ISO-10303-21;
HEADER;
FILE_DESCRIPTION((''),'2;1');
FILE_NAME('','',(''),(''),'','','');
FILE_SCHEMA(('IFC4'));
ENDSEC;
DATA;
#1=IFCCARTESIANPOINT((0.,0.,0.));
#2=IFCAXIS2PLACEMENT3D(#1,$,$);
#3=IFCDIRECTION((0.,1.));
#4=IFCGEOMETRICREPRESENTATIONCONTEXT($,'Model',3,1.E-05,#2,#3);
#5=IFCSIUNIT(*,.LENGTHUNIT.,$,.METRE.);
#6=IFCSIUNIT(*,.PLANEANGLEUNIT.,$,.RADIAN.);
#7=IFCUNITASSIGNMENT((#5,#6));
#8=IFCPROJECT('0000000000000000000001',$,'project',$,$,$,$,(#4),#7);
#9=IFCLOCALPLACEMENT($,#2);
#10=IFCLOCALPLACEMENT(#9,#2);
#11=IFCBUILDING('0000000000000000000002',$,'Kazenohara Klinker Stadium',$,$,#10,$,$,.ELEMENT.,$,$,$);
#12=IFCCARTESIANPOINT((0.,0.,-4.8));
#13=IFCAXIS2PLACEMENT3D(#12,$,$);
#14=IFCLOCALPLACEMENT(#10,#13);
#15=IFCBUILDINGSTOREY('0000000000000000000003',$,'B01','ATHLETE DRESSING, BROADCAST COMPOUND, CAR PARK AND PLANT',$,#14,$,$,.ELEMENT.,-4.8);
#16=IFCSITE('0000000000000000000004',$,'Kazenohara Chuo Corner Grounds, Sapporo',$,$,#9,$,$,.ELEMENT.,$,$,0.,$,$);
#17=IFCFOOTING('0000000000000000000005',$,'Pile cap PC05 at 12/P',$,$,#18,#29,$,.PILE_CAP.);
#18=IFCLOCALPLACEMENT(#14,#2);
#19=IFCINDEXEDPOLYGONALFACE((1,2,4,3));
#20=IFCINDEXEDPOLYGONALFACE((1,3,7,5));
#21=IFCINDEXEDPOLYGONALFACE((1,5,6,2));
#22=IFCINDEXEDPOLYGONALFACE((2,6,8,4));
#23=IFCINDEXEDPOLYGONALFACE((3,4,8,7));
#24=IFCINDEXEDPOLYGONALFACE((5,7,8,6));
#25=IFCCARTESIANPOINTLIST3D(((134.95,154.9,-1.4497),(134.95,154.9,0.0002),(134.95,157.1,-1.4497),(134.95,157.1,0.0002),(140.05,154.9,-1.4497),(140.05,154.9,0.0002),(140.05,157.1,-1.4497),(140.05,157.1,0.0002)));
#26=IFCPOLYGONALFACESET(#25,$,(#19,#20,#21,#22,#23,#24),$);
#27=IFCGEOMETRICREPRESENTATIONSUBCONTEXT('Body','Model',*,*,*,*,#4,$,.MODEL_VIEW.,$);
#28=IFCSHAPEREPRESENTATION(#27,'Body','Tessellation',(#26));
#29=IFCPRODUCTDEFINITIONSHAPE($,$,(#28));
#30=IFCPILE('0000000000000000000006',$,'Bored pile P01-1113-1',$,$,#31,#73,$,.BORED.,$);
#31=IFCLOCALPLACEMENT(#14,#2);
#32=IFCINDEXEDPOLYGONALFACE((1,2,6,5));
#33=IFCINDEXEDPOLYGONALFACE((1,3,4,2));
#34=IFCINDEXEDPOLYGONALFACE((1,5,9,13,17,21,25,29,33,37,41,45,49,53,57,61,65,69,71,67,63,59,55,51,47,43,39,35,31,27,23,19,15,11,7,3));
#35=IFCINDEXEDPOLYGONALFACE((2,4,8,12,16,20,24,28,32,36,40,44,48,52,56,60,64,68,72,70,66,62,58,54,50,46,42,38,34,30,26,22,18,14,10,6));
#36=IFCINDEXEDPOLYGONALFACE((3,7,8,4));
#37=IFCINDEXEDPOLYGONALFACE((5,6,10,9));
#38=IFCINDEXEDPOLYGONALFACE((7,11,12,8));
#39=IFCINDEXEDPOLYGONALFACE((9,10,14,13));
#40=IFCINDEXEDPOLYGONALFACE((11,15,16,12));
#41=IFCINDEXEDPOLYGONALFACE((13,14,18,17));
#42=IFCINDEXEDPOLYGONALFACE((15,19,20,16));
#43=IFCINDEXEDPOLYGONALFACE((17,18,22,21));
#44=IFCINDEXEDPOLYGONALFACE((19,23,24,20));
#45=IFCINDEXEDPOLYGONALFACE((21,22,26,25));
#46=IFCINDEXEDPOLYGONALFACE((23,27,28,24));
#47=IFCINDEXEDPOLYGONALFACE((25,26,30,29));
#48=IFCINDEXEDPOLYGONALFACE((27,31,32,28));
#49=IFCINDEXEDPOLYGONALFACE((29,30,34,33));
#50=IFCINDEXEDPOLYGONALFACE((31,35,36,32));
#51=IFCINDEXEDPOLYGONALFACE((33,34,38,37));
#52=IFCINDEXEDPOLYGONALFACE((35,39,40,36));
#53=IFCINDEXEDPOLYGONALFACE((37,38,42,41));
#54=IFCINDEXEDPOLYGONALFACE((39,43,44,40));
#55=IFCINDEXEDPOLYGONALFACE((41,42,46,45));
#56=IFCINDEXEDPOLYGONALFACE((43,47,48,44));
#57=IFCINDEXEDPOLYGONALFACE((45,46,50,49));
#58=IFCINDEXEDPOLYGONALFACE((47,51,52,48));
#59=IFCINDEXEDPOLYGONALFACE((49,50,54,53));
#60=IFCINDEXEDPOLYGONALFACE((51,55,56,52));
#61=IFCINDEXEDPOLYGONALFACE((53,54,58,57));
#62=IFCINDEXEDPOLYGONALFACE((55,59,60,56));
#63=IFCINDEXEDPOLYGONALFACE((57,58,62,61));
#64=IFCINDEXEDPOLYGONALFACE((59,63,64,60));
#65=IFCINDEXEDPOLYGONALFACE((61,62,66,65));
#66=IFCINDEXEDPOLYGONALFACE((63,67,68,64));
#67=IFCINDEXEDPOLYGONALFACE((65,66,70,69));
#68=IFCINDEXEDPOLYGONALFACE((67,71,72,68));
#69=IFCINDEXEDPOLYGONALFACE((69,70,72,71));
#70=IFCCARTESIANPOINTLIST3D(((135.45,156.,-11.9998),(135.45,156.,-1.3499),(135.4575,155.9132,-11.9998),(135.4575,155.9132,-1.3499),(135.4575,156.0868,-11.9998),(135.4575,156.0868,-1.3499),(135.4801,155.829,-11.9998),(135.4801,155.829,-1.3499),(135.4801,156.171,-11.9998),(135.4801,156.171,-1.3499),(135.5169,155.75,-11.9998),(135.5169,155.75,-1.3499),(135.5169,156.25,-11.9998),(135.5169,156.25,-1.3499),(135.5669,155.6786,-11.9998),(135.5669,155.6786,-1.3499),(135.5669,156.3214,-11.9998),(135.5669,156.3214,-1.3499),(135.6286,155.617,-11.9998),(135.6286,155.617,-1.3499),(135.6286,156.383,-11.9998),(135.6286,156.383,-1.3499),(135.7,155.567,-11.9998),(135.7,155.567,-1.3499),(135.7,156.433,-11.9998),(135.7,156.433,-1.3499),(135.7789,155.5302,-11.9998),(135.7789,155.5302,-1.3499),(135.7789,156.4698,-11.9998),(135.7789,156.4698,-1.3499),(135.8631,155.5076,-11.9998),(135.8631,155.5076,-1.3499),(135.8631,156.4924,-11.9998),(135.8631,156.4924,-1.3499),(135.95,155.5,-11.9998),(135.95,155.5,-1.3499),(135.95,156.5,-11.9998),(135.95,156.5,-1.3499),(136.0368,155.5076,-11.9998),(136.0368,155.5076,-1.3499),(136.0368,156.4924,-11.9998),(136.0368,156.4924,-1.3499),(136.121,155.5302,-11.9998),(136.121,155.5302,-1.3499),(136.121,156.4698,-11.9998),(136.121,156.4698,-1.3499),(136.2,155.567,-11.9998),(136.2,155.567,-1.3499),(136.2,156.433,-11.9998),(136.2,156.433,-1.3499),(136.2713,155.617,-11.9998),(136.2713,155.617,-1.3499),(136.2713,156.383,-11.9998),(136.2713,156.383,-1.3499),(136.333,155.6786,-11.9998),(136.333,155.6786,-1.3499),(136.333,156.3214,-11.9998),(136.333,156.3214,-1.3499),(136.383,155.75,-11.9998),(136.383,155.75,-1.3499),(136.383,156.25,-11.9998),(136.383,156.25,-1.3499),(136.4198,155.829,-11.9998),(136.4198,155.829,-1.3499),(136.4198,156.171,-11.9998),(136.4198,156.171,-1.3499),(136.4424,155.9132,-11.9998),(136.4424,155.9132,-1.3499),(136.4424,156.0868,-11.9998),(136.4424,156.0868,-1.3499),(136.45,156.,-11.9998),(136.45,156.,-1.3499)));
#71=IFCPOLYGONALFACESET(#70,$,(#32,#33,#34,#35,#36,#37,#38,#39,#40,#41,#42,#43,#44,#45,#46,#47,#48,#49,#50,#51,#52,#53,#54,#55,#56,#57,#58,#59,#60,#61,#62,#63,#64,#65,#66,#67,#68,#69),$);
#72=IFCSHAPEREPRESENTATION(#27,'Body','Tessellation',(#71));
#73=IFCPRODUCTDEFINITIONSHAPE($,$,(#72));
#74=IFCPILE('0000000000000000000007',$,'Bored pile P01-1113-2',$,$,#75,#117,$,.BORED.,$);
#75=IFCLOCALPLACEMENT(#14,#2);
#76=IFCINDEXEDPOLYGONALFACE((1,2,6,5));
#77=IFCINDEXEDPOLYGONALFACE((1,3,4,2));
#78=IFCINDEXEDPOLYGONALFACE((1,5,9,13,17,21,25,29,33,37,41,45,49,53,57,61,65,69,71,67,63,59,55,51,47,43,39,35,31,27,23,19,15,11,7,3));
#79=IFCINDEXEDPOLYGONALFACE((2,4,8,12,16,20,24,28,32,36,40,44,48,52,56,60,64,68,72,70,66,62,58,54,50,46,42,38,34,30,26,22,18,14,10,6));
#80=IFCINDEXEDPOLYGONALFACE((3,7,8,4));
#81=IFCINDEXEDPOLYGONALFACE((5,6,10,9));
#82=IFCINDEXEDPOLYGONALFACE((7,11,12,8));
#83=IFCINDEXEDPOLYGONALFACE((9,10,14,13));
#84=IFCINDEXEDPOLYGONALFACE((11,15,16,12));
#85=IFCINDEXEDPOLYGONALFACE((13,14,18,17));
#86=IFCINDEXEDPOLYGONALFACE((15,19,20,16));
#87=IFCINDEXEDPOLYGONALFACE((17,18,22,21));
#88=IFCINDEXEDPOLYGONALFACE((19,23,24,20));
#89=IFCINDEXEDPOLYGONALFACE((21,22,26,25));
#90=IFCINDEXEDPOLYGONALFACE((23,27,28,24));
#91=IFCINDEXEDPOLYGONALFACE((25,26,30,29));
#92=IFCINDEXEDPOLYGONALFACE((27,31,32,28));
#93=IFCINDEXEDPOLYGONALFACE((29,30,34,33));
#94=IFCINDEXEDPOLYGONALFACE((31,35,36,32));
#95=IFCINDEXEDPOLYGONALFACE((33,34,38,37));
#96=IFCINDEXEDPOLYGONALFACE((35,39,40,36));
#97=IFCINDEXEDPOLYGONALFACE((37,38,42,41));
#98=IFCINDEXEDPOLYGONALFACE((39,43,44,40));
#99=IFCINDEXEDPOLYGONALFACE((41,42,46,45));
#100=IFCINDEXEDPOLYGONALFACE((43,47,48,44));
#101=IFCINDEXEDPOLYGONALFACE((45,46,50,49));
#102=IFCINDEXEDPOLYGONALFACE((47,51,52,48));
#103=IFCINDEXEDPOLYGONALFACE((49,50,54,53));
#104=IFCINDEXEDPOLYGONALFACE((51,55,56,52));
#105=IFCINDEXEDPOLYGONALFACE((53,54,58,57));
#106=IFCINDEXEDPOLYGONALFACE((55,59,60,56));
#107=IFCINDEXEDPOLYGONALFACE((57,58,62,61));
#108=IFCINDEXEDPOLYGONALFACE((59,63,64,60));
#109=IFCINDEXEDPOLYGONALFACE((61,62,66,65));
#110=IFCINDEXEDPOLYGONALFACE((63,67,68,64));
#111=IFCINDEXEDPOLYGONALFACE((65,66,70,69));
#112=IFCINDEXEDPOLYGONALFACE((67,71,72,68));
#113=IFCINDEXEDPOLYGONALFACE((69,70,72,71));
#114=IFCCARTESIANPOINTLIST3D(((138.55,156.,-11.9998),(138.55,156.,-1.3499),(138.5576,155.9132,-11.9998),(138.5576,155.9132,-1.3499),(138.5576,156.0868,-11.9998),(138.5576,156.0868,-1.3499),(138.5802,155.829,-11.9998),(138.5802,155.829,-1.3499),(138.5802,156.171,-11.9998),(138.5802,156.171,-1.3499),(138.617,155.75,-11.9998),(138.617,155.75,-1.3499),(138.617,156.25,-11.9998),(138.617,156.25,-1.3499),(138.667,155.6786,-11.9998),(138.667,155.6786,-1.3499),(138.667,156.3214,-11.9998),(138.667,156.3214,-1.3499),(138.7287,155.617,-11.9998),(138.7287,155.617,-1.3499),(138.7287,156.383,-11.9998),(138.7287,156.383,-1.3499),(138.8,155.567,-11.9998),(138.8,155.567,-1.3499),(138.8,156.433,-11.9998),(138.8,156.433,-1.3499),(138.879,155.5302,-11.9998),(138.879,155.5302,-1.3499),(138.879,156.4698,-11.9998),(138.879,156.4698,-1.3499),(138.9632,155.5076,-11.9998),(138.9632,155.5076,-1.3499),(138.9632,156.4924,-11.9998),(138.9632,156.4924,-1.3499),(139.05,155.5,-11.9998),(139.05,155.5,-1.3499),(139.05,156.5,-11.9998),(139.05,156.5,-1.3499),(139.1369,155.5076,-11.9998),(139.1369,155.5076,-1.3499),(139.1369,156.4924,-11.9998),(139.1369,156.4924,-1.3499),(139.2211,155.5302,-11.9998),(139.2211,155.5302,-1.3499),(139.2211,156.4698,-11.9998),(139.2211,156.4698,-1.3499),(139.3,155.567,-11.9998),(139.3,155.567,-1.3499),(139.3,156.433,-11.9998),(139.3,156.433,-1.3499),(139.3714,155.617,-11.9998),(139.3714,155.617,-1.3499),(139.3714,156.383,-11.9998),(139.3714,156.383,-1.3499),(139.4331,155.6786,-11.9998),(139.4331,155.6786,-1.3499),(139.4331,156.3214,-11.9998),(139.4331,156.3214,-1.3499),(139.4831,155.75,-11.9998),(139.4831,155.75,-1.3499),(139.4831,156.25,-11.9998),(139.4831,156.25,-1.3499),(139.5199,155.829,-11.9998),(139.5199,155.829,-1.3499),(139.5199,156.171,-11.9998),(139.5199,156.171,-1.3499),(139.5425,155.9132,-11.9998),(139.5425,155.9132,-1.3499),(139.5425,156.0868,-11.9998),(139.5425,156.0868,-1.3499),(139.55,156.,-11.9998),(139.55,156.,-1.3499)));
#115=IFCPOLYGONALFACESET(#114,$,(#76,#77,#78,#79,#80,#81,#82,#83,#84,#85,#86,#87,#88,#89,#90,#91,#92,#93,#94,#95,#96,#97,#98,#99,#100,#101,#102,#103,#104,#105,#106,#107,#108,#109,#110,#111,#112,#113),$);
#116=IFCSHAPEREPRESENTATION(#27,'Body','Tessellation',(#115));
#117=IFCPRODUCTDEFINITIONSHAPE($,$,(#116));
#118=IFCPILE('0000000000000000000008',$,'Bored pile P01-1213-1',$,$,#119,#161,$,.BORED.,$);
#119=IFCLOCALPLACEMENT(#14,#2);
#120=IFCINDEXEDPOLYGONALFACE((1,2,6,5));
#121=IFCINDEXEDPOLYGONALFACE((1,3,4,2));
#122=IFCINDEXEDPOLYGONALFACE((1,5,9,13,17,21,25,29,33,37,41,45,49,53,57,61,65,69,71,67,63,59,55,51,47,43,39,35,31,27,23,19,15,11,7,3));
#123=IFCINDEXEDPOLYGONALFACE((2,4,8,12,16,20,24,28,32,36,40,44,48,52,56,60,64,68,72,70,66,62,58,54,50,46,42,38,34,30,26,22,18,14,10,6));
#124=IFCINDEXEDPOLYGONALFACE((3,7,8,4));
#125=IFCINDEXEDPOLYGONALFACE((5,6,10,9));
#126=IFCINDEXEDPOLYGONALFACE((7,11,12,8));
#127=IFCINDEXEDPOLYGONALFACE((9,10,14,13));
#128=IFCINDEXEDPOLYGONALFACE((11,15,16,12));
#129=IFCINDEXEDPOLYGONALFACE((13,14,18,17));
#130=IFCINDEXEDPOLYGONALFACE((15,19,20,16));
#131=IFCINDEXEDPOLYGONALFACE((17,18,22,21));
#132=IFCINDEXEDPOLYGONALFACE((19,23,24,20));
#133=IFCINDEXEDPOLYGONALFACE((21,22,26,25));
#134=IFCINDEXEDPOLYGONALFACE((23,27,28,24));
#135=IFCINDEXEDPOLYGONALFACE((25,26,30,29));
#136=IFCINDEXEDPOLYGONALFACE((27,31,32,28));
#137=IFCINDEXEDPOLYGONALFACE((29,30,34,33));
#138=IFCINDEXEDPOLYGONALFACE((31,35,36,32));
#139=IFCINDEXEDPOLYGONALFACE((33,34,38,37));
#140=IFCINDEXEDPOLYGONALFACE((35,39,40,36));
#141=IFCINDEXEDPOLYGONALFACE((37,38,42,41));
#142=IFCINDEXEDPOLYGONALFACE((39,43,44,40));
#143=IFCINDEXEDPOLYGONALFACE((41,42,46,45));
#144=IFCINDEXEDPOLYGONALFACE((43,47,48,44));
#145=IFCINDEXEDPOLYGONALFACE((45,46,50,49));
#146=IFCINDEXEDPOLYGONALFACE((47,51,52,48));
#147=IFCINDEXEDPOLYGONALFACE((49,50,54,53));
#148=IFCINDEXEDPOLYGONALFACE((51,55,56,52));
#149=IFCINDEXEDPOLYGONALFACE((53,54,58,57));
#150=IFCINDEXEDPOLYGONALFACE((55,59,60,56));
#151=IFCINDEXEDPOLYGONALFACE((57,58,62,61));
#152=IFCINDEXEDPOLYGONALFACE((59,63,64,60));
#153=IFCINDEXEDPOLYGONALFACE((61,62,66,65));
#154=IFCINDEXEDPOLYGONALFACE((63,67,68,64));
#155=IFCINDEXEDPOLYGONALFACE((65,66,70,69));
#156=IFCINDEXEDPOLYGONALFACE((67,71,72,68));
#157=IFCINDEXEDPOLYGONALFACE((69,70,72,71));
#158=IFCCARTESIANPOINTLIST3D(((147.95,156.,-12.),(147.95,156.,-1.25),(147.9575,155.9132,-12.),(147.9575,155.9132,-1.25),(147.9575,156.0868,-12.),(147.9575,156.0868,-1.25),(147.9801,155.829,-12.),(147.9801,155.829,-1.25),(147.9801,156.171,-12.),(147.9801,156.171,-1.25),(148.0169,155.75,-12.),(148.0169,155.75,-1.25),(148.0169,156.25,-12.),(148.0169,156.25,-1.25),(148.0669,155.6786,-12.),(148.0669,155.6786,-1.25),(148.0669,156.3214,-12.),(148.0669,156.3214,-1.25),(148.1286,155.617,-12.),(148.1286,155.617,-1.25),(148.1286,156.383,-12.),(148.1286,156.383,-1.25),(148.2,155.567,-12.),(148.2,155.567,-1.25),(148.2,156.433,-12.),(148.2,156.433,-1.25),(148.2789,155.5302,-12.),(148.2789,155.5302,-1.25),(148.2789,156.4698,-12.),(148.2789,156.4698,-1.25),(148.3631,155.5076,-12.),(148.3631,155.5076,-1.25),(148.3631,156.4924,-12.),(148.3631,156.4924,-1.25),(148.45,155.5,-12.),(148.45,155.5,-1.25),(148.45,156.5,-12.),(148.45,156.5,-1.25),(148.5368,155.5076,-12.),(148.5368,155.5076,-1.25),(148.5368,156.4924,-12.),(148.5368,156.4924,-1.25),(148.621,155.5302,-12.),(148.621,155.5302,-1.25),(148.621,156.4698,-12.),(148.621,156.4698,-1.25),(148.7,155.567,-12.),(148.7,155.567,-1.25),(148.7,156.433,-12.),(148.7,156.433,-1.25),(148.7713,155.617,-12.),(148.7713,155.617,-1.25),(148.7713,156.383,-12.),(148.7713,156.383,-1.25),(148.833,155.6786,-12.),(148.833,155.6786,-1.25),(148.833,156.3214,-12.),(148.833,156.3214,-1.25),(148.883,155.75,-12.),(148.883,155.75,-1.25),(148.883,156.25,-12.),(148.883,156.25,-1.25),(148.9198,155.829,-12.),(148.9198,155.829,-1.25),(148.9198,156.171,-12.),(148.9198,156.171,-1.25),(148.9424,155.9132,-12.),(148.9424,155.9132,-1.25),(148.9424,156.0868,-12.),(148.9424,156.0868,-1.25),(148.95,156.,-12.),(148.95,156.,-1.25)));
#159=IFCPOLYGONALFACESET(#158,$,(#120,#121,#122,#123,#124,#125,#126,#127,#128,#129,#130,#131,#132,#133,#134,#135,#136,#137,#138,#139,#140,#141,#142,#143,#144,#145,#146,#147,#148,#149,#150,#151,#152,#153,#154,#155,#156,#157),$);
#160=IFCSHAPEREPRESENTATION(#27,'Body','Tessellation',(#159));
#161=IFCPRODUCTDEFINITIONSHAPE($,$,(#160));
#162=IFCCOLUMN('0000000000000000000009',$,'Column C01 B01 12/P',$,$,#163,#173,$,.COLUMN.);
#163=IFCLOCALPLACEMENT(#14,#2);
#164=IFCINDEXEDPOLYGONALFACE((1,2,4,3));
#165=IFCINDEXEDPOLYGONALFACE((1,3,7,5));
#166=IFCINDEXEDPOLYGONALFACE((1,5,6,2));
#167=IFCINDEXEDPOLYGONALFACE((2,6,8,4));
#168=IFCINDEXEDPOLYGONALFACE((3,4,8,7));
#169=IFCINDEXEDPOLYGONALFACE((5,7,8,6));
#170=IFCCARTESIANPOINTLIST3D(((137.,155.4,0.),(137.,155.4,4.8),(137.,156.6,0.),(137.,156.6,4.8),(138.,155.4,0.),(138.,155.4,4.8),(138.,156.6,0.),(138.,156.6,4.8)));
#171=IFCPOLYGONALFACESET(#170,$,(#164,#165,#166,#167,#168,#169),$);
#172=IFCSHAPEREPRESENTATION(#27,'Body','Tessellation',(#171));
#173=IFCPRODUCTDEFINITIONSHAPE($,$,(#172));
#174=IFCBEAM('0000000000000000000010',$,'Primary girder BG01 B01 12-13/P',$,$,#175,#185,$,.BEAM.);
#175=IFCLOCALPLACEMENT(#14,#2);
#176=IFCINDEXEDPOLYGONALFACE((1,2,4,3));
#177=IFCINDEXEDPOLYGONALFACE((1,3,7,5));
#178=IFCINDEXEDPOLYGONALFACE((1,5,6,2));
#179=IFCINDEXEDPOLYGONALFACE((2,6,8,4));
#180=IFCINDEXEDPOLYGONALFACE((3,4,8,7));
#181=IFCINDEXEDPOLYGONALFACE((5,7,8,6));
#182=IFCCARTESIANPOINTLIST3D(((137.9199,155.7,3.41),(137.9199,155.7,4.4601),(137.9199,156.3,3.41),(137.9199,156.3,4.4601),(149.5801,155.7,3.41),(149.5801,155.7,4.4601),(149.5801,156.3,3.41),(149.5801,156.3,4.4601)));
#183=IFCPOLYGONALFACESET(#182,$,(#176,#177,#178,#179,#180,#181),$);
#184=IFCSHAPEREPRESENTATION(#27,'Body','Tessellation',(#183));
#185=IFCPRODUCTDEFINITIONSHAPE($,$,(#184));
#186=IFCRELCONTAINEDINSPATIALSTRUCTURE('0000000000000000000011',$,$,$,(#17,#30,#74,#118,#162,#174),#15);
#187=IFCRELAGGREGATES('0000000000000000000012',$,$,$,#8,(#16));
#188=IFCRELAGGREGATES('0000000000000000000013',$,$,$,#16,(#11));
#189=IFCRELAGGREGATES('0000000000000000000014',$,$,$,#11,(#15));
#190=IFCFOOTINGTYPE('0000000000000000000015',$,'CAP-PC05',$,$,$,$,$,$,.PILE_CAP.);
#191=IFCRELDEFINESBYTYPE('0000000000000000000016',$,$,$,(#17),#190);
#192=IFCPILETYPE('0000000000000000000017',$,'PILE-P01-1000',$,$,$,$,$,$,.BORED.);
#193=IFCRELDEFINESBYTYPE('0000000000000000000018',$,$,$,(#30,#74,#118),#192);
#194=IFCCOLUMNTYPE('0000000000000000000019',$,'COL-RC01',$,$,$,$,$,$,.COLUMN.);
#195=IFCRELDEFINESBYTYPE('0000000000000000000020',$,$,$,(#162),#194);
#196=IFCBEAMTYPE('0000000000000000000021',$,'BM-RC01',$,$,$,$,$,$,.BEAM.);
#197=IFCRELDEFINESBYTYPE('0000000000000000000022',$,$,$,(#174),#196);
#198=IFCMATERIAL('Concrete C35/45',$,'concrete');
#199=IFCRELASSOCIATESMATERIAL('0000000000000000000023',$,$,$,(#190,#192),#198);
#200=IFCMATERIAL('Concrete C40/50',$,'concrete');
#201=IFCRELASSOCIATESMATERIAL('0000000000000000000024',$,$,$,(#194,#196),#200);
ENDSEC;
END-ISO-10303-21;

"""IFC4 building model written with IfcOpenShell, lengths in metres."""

from ifc_helpers import new_model, si_unit, direction, frame, origin, origin_2d, place, context, subcontext, project, spatial, rectangle, circle, extrude, material, material_profile, profile_set, type_object, element, save


model = new_model("IFC4")

# Units and contexts
model_context = context("Model", 3, precision=1e-05, world=origin(), true_north=direction((0.0, 1.0)))
body_context = subcontext(model_context, "Body", "Model", "MODEL_VIEW")
ifc_project = project(units=[si_unit("LENGTHUNIT", "METRE"), si_unit("PLANEANGLEUNIT", "RADIAN")], contexts=[model_context])

# Site, building, storey
site_placement = place(None, origin())
site = spatial("IfcSite", under=ifc_project, at=site_placement, Name="Kazenohara Chuo Corner Grounds, Sapporo", CompositionType="ELEMENT", RefElevation=0.0)
building_placement = place(site_placement, origin())
building = spatial("IfcBuilding", under=site, at=building_placement, Name="Kazenohara Klinker Stadium", CompositionType="ELEMENT")
storey_placement = place(building_placement, frame((0.0, 0.0, -4.8)))
storey = spatial("IfcBuildingStorey", under=building, at=storey_placement, Name="B01", Description="ATHLETE DRESSING, BROADCAST COMPOUND, CAR PARK AND PLANT", CompositionType="ELEMENT", Elevation=-4.8)

# Footing
ifc_material_1 = material(Name="Concrete C35/45", Category="concrete")
footing_type = type_object("IfcFootingType", Name="CAP-PC05", PredefinedType="PILE_CAP", material=ifc_material_1)
footing_placement = place(storey_placement, frame((137.5, 156.0, -1.4497), z_axis=(0.0, 0.0, 1.0), x_axis=(1.0, 0.0, 0.0)))
element("IfcFooting", 1, at=footing_placement, inside=storey, type_object=footing_type, Name="Pile cap PC05 at 12/P", PredefinedType="PILE_CAP", context=body_context, shape_type="SweptSolid", body=[
    extrude(rectangle(XDim=5.1001, YDim=2.2, at=origin_2d()), origin(), (0.0, 0.0, 1.0), 1.45),
])

# Piles
ifc_material_profile_1 = material_profile(ifc_material_1, circle(Radius=0.5, at=origin_2d()), Name="BORED-PILE-1000")
ifc_profile_set_1 = profile_set([ifc_material_profile_1], Name="Concrete C35/45")
pile_type = type_object("IfcPileType", Name="PILE-P01-1000", PredefinedType="BORED", material=ifc_profile_set_1)
for number, where, z_axis, x_axis, name in (
    (2, (135.95, 156.0, -1.3499), (0.0, 0.0, -1.0), (1.0, 0.0, 0.0), "Bored pile P01-1113-1"),
    (3, (139.05, 156.0, -1.3499), (0.0, 0.0, -1.0), (1.0, 0.0, 0.0), "Bored pile P01-1113-2"),
):
    element("IfcPile", number, at=place(storey_placement, frame(where, z_axis=z_axis, x_axis=x_axis)), inside=storey, type_object=pile_type, Name=name, PredefinedType="BORED", context=body_context, shape_type="SweptSolid", body=[
        extrude(circle(Radius=0.5, at=origin_2d()), origin(), (0.0, 0.0, 1.0), 10.6499),
    ])
pile_placement = place(storey_placement, frame((148.45, 156.0, -1.25), z_axis=(0.0, 0.0, -1.0), x_axis=(1.0, 0.0, 0.0)))
element("IfcPile", 4, at=pile_placement, inside=storey, type_object=pile_type, Name="Bored pile P01-1213-1", PredefinedType="BORED", context=body_context, shape_type="SweptSolid", body=[
    extrude(circle(Radius=0.5, at=origin_2d()), origin(), (0.0, 0.0, 1.0), 10.75),
])

# Column
ifc_material_2 = material(Name="Concrete C40/50", Category="concrete")
ifc_material_profile_2 = material_profile(ifc_material_2, rectangle(XDim=1.0, YDim=1.2, at=origin_2d()), Name="RC-COL-1200x1000")
ifc_profile_set_2 = profile_set([ifc_material_profile_2], Name="Concrete C40/50")
column_type = type_object("IfcColumnType", Name="COL-RC01", PredefinedType="COLUMN", material=ifc_profile_set_2)
column_placement = place(storey_placement, frame((137.5, 156.0, 0.0), z_axis=(0.0, 0.0, 1.0), x_axis=(1.0, 0.0, 0.0)))
element("IfcColumn", 5, at=column_placement, inside=storey, type_object=column_type, Name="Column C01 B01 12/P", PredefinedType="COLUMN", context=body_context, shape_type="SweptSolid", body=[
    extrude(rectangle(XDim=1.0, YDim=1.2, at=origin_2d()), origin(), (0.0, 0.0, 1.0), 4.8),
])

# Beam
ifc_material_profile_3 = material_profile(ifc_material_2, rectangle(XDim=0.6001, YDim=1.05, at=origin_2d()), Name="RC-BM-600x1050")
ifc_profile_set_3 = profile_set([ifc_material_profile_3], Name="Concrete C40/50")
beam_type = type_object("IfcBeamType", Name="BM-RC01", PredefinedType="BEAM", material=ifc_profile_set_3)
beam_placement = place(storey_placement, frame((137.9199, 156.0, 3.9351), z_axis=(1.0, 0.0, 0.0), x_axis=(0.0, 1.0, 0.0)))
element("IfcBeam", 6, at=beam_placement, inside=storey, type_object=beam_type, Name="Primary girder BG01 B01 12-13/P", PredefinedType="BEAM", context=body_context, shape_type="SweptSolid", body=[
    extrude(rectangle(XDim=0.6001, YDim=1.05, at=origin_2d()), origin(), (0.0, 0.0, 1.0), 11.6602),
])

save(model, "model.ifc")
